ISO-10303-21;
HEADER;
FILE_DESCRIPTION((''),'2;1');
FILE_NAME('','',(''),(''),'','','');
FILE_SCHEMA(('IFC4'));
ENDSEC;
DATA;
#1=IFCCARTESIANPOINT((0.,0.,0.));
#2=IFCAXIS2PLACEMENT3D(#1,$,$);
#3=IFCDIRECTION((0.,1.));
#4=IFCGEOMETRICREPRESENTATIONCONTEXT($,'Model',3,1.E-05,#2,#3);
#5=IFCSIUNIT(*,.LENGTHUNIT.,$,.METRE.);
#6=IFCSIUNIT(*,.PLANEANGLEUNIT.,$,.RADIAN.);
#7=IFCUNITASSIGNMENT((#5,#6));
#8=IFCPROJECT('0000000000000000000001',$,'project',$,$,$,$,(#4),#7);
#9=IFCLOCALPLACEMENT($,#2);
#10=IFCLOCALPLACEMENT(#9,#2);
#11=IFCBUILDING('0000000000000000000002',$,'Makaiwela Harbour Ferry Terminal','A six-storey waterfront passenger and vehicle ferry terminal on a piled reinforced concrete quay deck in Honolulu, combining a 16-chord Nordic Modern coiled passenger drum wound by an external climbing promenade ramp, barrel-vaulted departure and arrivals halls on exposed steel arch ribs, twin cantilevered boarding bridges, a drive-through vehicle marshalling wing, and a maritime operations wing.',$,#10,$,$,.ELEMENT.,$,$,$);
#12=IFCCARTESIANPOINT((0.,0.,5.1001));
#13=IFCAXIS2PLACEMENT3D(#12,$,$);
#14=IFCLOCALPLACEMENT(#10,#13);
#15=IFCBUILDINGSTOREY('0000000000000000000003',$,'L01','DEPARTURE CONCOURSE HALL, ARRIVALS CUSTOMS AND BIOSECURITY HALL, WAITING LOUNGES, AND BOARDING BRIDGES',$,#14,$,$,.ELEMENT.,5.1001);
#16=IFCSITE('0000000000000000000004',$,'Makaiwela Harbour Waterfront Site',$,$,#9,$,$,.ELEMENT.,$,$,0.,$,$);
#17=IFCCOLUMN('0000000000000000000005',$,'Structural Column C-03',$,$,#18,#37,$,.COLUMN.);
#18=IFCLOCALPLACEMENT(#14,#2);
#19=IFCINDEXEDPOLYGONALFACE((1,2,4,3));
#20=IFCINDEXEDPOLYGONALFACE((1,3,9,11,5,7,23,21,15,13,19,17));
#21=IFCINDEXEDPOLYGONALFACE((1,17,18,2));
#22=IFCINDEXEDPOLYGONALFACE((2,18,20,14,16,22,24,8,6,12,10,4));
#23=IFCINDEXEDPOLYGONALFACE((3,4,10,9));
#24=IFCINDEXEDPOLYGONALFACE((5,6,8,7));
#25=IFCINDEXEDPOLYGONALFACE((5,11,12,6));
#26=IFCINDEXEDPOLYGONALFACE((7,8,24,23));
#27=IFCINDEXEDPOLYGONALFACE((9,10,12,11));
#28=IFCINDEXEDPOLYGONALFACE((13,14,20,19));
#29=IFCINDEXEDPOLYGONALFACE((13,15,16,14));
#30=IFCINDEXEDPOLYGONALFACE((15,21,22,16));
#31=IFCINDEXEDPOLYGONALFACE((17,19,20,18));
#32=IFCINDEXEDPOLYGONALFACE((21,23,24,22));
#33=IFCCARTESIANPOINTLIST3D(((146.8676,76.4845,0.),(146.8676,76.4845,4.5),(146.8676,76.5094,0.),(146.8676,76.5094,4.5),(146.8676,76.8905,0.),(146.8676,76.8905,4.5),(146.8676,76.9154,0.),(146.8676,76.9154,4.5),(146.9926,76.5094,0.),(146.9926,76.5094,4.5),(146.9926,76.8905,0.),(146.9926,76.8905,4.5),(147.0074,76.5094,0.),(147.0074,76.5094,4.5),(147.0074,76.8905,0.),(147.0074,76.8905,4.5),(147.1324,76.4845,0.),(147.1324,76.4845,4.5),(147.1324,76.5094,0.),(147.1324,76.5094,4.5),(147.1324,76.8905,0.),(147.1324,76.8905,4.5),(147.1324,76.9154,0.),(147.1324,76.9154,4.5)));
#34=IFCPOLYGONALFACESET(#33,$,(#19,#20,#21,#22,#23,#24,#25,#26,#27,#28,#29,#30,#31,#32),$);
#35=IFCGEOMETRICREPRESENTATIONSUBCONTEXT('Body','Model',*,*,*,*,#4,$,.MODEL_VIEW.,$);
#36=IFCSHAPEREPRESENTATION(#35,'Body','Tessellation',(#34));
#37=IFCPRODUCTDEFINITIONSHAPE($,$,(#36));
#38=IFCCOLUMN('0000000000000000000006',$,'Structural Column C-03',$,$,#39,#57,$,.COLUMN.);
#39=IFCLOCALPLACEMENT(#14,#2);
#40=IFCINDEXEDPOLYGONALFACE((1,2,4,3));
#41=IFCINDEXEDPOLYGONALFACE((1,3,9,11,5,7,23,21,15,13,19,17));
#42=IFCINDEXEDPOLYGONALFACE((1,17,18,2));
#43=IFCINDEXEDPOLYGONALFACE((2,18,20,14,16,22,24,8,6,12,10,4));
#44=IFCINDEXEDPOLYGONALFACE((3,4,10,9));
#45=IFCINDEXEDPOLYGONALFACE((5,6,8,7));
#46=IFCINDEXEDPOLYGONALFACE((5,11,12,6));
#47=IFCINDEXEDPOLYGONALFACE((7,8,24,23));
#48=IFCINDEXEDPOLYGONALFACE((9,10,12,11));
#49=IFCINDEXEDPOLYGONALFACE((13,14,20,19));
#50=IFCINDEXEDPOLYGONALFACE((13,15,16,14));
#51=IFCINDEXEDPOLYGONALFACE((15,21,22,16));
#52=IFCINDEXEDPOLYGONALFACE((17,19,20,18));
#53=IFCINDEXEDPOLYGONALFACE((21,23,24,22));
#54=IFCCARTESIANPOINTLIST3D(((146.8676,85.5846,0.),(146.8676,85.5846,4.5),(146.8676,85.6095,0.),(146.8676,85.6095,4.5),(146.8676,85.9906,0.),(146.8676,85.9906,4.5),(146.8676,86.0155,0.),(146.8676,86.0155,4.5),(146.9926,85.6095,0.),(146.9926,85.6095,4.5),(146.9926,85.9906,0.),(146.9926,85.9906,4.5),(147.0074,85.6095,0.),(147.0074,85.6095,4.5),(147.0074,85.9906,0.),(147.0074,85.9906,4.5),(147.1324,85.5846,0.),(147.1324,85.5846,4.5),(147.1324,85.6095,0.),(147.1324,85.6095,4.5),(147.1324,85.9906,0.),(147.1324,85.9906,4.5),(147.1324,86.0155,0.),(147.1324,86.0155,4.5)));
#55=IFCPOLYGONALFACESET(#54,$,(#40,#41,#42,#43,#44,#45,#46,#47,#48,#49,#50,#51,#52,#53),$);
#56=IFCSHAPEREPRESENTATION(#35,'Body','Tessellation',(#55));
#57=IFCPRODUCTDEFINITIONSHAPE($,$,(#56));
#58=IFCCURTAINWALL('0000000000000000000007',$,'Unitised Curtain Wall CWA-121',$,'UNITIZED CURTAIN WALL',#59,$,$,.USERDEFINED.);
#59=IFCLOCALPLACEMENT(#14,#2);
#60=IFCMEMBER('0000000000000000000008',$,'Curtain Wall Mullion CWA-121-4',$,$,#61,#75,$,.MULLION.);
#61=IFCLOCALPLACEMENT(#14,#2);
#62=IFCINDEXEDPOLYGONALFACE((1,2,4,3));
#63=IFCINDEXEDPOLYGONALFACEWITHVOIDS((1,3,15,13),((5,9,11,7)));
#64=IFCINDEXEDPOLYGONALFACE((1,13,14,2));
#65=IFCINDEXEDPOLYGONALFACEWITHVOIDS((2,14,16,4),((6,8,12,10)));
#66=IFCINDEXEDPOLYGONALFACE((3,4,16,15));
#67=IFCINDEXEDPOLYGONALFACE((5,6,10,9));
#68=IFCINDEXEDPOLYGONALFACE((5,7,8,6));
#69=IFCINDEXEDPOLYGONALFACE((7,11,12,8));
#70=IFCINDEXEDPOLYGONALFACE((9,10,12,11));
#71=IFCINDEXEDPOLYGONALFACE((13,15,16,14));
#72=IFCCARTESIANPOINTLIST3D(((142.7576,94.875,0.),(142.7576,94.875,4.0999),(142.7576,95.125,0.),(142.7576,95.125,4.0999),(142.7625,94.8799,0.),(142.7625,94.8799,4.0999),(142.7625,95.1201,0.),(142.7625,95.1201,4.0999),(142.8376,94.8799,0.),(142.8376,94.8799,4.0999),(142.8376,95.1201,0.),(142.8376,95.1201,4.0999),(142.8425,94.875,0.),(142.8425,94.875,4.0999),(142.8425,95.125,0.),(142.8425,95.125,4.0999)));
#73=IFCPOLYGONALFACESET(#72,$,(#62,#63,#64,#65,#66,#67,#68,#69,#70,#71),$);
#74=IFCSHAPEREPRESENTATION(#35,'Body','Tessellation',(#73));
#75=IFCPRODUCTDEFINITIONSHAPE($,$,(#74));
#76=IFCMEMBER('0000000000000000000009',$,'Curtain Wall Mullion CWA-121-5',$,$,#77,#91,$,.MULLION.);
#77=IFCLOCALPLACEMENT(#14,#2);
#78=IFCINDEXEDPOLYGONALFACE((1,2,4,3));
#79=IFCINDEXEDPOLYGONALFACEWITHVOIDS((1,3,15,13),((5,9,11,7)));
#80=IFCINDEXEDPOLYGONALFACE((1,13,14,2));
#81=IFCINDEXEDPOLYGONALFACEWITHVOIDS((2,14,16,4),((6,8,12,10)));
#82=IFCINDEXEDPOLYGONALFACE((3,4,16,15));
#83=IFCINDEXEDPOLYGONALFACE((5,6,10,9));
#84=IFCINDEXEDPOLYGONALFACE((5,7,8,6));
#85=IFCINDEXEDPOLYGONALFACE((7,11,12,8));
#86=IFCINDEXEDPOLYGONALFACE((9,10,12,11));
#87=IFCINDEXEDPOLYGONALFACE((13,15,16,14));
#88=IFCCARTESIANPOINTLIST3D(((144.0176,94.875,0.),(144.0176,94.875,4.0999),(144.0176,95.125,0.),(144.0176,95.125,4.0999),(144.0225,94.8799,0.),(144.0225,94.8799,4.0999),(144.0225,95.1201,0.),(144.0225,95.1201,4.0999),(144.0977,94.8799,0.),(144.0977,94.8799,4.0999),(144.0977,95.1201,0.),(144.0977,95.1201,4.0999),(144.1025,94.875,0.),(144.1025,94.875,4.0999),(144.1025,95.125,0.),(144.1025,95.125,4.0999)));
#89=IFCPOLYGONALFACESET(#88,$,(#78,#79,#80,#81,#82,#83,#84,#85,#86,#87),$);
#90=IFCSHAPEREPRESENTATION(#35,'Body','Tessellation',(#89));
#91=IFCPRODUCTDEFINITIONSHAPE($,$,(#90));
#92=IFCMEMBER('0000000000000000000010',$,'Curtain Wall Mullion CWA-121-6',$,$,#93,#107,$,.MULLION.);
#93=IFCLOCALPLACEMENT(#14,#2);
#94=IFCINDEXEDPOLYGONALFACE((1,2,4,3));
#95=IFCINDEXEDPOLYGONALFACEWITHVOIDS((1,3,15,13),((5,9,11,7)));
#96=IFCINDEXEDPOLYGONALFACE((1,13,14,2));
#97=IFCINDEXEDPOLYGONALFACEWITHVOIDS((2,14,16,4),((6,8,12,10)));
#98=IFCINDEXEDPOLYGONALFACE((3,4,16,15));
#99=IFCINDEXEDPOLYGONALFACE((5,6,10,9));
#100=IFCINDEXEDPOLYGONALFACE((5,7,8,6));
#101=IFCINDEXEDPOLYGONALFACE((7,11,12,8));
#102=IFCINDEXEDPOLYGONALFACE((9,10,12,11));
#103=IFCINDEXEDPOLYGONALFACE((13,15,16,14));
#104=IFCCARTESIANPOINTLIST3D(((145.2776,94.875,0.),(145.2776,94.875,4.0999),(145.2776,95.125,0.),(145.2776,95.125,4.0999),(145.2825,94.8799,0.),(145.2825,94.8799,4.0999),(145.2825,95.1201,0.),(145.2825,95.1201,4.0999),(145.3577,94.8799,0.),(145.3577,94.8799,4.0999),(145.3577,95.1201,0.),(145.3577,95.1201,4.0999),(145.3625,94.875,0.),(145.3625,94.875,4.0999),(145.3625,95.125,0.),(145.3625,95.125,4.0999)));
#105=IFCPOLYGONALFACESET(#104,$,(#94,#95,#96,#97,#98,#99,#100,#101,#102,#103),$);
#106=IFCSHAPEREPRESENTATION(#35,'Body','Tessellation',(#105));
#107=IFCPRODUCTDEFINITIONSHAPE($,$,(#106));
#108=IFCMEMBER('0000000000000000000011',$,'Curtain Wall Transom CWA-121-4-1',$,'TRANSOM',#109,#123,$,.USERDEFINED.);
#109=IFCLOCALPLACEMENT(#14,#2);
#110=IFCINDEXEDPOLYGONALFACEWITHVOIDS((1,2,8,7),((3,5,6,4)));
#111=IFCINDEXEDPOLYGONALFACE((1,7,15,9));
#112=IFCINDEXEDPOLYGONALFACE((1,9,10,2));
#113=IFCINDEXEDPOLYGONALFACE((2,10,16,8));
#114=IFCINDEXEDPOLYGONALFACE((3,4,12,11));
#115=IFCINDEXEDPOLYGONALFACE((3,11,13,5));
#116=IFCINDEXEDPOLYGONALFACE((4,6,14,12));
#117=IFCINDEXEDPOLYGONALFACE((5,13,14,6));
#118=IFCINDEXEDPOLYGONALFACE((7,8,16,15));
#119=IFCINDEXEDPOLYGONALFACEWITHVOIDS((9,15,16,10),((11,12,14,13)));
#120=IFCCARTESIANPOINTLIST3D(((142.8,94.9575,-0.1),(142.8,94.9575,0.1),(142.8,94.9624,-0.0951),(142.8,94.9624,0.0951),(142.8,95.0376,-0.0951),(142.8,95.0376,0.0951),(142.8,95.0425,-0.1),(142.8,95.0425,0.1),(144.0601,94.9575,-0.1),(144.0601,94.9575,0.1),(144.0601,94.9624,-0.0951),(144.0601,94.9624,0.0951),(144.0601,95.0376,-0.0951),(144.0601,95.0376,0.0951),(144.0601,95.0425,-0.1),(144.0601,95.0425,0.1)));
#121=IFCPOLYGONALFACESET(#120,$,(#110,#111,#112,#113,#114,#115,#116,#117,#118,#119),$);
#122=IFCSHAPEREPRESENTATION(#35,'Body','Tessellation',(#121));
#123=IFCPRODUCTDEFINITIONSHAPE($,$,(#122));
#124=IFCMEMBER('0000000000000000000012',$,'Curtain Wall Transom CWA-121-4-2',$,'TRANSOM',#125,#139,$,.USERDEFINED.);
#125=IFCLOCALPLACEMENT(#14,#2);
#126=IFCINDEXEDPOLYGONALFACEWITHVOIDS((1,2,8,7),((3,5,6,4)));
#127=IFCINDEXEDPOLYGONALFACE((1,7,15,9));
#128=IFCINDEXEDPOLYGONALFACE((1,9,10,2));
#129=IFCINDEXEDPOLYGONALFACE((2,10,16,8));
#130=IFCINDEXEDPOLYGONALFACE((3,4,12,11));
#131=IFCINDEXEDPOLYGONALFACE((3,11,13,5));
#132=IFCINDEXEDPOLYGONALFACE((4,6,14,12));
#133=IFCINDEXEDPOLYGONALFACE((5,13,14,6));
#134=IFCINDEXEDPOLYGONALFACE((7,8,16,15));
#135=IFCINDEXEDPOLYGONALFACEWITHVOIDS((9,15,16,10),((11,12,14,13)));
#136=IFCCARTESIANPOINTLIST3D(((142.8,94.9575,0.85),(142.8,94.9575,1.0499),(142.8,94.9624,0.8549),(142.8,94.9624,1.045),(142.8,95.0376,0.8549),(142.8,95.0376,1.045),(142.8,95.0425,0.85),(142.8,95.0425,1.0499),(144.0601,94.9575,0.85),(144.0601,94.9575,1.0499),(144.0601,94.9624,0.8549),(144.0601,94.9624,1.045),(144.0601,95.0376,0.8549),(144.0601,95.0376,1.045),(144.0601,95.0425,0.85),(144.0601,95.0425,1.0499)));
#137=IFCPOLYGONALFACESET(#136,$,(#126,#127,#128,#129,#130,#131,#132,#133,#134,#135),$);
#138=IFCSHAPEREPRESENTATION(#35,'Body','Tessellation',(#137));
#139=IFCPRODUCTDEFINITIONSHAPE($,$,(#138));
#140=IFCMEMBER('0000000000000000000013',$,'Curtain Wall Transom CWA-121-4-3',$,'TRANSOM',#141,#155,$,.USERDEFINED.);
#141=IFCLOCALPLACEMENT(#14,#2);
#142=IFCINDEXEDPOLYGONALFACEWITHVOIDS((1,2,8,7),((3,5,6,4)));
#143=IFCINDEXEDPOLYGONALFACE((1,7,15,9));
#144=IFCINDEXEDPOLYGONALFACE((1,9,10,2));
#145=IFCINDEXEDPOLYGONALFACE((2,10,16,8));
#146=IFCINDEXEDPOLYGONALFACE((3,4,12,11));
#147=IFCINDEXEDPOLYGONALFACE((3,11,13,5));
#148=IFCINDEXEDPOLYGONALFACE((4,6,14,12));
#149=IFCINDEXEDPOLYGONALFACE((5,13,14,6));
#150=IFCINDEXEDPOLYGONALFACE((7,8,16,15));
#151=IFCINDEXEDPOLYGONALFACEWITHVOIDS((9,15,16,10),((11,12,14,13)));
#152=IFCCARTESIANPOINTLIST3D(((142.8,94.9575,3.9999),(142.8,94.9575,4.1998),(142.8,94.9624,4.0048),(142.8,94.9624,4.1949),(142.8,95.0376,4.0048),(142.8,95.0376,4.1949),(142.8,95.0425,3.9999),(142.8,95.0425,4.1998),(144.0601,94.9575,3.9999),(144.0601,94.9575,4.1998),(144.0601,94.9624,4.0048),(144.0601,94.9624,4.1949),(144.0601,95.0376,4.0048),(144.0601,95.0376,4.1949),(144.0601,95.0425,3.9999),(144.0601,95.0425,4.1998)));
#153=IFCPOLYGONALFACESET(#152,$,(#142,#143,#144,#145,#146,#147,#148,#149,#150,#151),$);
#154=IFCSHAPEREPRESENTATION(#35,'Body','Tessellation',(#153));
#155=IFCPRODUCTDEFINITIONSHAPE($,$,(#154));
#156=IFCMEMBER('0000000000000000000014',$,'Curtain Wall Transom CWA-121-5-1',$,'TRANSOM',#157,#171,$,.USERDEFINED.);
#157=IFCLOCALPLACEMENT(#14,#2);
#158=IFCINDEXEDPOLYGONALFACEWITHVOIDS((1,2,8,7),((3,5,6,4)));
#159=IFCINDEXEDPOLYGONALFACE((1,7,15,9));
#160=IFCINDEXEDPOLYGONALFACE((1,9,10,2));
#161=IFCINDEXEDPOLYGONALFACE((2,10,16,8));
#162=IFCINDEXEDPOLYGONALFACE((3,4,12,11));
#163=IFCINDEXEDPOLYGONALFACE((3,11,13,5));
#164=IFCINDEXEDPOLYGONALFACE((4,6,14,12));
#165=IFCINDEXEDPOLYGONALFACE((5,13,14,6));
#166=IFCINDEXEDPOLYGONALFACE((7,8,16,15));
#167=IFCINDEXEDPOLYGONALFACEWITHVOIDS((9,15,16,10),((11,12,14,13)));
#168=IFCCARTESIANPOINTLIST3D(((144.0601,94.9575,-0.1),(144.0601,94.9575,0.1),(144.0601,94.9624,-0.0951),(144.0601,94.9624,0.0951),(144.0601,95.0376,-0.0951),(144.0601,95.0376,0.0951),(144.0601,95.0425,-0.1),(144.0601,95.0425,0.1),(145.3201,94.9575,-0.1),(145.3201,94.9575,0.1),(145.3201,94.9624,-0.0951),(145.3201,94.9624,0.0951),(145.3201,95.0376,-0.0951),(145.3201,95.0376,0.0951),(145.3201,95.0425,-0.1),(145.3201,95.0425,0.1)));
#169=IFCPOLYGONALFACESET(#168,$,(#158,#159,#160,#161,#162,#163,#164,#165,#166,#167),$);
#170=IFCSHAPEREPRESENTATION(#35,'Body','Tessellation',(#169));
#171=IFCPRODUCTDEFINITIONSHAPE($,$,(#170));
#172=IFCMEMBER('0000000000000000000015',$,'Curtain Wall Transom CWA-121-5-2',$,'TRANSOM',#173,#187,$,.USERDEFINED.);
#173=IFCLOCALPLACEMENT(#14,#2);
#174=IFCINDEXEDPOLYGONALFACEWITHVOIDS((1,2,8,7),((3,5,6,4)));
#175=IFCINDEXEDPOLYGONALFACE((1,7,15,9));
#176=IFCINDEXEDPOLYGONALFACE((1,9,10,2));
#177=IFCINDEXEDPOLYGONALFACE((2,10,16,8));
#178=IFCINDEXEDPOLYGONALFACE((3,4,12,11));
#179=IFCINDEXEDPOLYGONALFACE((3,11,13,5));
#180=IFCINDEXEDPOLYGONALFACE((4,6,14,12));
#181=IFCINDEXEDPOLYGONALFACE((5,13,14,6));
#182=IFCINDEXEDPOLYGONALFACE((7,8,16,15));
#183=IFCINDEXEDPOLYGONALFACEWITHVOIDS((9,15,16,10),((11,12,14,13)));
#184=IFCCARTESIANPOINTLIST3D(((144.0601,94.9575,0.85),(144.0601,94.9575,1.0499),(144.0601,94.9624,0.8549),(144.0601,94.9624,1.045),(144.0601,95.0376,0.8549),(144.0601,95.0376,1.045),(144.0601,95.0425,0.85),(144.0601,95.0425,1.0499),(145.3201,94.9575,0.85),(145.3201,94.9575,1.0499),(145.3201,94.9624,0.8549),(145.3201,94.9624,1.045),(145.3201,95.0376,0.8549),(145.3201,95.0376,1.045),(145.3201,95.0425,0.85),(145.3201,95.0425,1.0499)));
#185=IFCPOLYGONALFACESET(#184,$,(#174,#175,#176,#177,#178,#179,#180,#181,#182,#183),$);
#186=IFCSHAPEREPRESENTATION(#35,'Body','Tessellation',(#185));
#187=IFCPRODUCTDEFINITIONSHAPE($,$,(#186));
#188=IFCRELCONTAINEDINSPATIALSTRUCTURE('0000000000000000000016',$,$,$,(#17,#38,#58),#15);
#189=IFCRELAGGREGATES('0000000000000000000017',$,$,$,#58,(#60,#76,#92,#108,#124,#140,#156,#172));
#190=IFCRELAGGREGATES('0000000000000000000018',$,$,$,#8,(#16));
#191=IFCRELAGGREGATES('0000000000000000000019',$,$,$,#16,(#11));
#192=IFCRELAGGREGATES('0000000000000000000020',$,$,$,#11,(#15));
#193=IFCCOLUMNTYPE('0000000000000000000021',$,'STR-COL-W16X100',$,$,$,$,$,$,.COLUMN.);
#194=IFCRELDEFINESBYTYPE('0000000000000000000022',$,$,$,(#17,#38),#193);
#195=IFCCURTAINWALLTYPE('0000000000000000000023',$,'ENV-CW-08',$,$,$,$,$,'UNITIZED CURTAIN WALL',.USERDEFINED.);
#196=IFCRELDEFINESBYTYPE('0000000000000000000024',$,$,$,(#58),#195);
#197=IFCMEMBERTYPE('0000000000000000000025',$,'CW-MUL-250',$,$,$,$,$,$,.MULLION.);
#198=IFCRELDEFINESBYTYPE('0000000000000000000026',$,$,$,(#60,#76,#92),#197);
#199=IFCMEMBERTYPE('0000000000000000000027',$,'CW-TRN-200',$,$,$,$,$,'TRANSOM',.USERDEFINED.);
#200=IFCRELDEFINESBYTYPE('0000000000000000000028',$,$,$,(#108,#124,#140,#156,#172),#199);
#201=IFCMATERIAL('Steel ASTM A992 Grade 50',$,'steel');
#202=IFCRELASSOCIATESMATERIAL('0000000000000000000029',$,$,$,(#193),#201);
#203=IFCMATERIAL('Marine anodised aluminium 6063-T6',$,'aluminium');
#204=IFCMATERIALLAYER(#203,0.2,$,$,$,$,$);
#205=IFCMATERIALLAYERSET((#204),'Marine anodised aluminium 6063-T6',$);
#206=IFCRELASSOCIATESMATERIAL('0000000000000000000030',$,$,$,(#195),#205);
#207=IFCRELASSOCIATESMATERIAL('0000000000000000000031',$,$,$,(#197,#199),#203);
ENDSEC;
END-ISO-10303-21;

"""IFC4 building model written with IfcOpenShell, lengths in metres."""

from ifc_helpers import new_model, si_unit, direction, frame, origin, origin_2d, place, context, subcontext, project, spatial, hollow_rectangle, i_section, extrude, material, layer, layer_set, material_profile, profile_set, type_object, element, aggregate, save


model = new_model("IFC4")

# Units and contexts
model_context = context("Model", 3, precision=1e-05, world=origin(), true_north=direction((0.0, 1.0)))
body_context = subcontext(model_context, "Body", "Model", "MODEL_VIEW")
ifc_project = project(units=[si_unit("LENGTHUNIT", "METRE"), si_unit("PLANEANGLEUNIT", "RADIAN")], contexts=[model_context])

# Site, building, storey
site_placement = place(None, origin())
site = spatial("IfcSite", under=ifc_project, at=site_placement, Name="Makaiwela Harbour Waterfront Site", CompositionType="ELEMENT", RefElevation=0.0)
building_placement = place(site_placement, origin())
building = spatial("IfcBuilding", under=site, at=building_placement, Name="Makaiwela Harbour Ferry Terminal", Description="A six-storey waterfront passenger and vehicle ferry terminal on a piled reinforced concrete quay deck in Honolulu, combining a 16-chord Nordic Modern coiled passenger drum wound by an external climbing promenade ramp, barrel-vaulted departure and arrivals halls on exposed steel arch ribs, twin cantilevered boarding bridges, a drive-through vehicle marshalling wing, and a maritime operations wing.", CompositionType="ELEMENT")
storey_placement = place(building_placement, frame((0.0, 0.0, 5.1001)))
storey = spatial("IfcBuildingStorey", under=building, at=storey_placement, Name="L01", Description="DEPARTURE CONCOURSE HALL, ARRIVALS CUSTOMS AND BIOSECURITY HALL, WAITING LOUNGES, AND BOARDING BRIDGES", CompositionType="ELEMENT", Elevation=5.1001)

# Columns
ifc_material_1 = material(Name="Steel ASTM A992 Grade 50", Category="steel")
ifc_material_profile_1 = material_profile(ifc_material_1, i_section(OverallWidth=0.2649, OverallDepth=0.4309, WebThickness=0.0149, FlangeThickness=0.0249, at=origin_2d()), Name="W16X100")
ifc_profile_set_1 = profile_set([ifc_material_profile_1], Name="Steel ASTM A992 Grade 50")
column_type = type_object("IfcColumnType", Name="STR-COL-W16X100", PredefinedType="COLUMN", material=ifc_profile_set_1)
for number, where, z_axis, x_axis, name in (
    (1, (147.0, 76.7, 0.0), (0.0, 0.0, 1.0), (1.0, 0.0, 0.0), "Structural Column C-03"),
    (2, (147.0, 85.8, 0.0), (0.0, 0.0, 1.0), (1.0, 0.0, 0.0), "Structural Column C-03"),
):
    element("IfcColumn", number, at=place(storey_placement, frame(where, z_axis=z_axis, x_axis=x_axis)), inside=storey, type_object=column_type, Name=name, PredefinedType="COLUMN", context=body_context, shape_type="SweptSolid", body=[
        extrude(i_section(OverallWidth=0.2649, OverallDepth=0.4309, WebThickness=0.0149, FlangeThickness=0.0249, at=origin_2d()), origin(), (0.0, 0.0, 1.0), 4.5),
    ])

# Curtain wall, members
ifc_material_2 = material(Name="Marine anodised aluminium 6063-T6", Category="aluminium")
ifc_layer_1 = layer(ifc_material_2, 0.2)
ifc_layer_set_1 = layer_set([ifc_layer_1], Name="Marine anodised aluminium 6063-T6")
curtain_wall_type = type_object("IfcCurtainWallType", Name="ENV-CW-08", ElementType="UNITIZED CURTAIN WALL", PredefinedType="USERDEFINED", material=ifc_layer_set_1)
curtain_wall_placement = place(storey_placement, origin())
curtain_wall = element("IfcCurtainWall", 3, at=curtain_wall_placement, inside=storey, type_object=curtain_wall_type, Name="Unitised Curtain Wall CWA-121", ObjectType="UNITIZED CURTAIN WALL", PredefinedType="USERDEFINED")
ifc_material_profile_2 = material_profile(ifc_material_2, hollow_rectangle(XDim=0.085, YDim=0.25, WallThickness=0.0049, at=origin_2d()), Name="CWM-250X85")
ifc_profile_set_2 = profile_set([ifc_material_profile_2], Name="Marine anodised aluminium 6063-T6")
member_type_1 = type_object("IfcMemberType", Name="CW-MUL-250", PredefinedType="MULLION", material=ifc_profile_set_2)
member_1_placement = place(storey_placement, frame((142.8, 95.0, 0.0), z_axis=(0.0, 0.0, 1.0), x_axis=(1.0, 0.0, 0.0)))
member_1 = element("IfcMember", 4, at=member_1_placement, type_object=member_type_1, Name="Curtain Wall Mullion CWA-121-4", PredefinedType="MULLION", context=body_context, shape_type="SweptSolid", body=[
    extrude(hollow_rectangle(XDim=0.085, YDim=0.25, WallThickness=0.0049, at=origin_2d()), origin(), (0.0, 0.0, 1.0), 4.0999),
])
member_2_placement = place(storey_placement, frame((144.0601, 95.0, 0.0), z_axis=(0.0, 0.0, 1.0), x_axis=(1.0, 0.0, 0.0)))
member_2 = element("IfcMember", 5, at=member_2_placement, type_object=member_type_1, Name="Curtain Wall Mullion CWA-121-5", PredefinedType="MULLION", context=body_context, shape_type="SweptSolid", body=[
    extrude(hollow_rectangle(XDim=0.085, YDim=0.25, WallThickness=0.0049, at=origin_2d()), origin(), (0.0, 0.0, 1.0), 4.0999),
])
member_3_placement = place(storey_placement, frame((145.3201, 95.0, 0.0), z_axis=(0.0, 0.0, 1.0), x_axis=(1.0, 0.0, 0.0)))
member_3 = element("IfcMember", 6, at=member_3_placement, type_object=member_type_1, Name="Curtain Wall Mullion CWA-121-6", PredefinedType="MULLION", context=body_context, shape_type="SweptSolid", body=[
    extrude(hollow_rectangle(XDim=0.085, YDim=0.25, WallThickness=0.0049, at=origin_2d()), origin(), (0.0, 0.0, 1.0), 4.0999),
])
ifc_material_profile_3 = material_profile(ifc_material_2, hollow_rectangle(XDim=0.085, YDim=0.2, WallThickness=0.0049, at=origin_2d()), Name="CWT-200X85")
ifc_profile_set_3 = profile_set([ifc_material_profile_3], Name="Marine anodised aluminium 6063-T6")
member_type_2 = type_object("IfcMemberType", Name="CW-TRN-200", ElementType="TRANSOM", PredefinedType="USERDEFINED", material=ifc_profile_set_3)
member_4_placement = place(storey_placement, frame((142.8, 95.0, 0.0), z_axis=(1.0, 0.0, 0.0), x_axis=(0.0, 1.0, 0.0)))
member_4 = element("IfcMember", 7, at=member_4_placement, type_object=member_type_2, Name="Curtain Wall Transom CWA-121-4-1", ObjectType="TRANSOM", PredefinedType="USERDEFINED", context=body_context, shape_type="SweptSolid", body=[
    extrude(hollow_rectangle(XDim=0.085, YDim=0.2, WallThickness=0.0049, at=origin_2d()), origin(), (0.0, 0.0, 1.0), 1.26),
])
member_5_placement = place(storey_placement, frame((142.8, 95.0, 0.95), z_axis=(1.0, 0.0, 0.0), x_axis=(0.0, 1.0, 0.0)))
member_5 = element("IfcMember", 8, at=member_5_placement, type_object=member_type_2, Name="Curtain Wall Transom CWA-121-4-2", ObjectType="TRANSOM", PredefinedType="USERDEFINED", context=body_context, shape_type="SweptSolid", body=[
    extrude(hollow_rectangle(XDim=0.085, YDim=0.2, WallThickness=0.0049, at=origin_2d()), origin(), (0.0, 0.0, 1.0), 1.26),
])
member_6_placement = place(storey_placement, frame((142.8, 95.0, 4.0999), z_axis=(1.0, 0.0, 0.0), x_axis=(0.0, 1.0, 0.0)))
member_6 = element("IfcMember", 9, at=member_6_placement, type_object=member_type_2, Name="Curtain Wall Transom CWA-121-4-3", ObjectType="TRANSOM", PredefinedType="USERDEFINED", context=body_context, shape_type="SweptSolid", body=[
    extrude(hollow_rectangle(XDim=0.085, YDim=0.2, WallThickness=0.0049, at=origin_2d()), origin(), (0.0, 0.0, 1.0), 1.26),
])
member_7_placement = place(storey_placement, frame((144.0601, 95.0, 0.0), z_axis=(1.0, 0.0, 0.0), x_axis=(0.0, 1.0, 0.0)))
member_7 = element("IfcMember", 10, at=member_7_placement, type_object=member_type_2, Name="Curtain Wall Transom CWA-121-5-1", ObjectType="TRANSOM", PredefinedType="USERDEFINED", context=body_context, shape_type="SweptSolid", body=[
    extrude(hollow_rectangle(XDim=0.085, YDim=0.2, WallThickness=0.0049, at=origin_2d()), origin(), (0.0, 0.0, 1.0), 1.26),
])
member_8_placement = place(storey_placement, frame((144.0601, 95.0, 0.95), z_axis=(1.0, 0.0, 0.0), x_axis=(0.0, 1.0, 0.0)))
member_8 = element("IfcMember", 11, at=member_8_placement, type_object=member_type_2, Name="Curtain Wall Transom CWA-121-5-2", ObjectType="TRANSOM", PredefinedType="USERDEFINED", context=body_context, shape_type="SweptSolid", body=[
    extrude(hollow_rectangle(XDim=0.085, YDim=0.2, WallThickness=0.0049, at=origin_2d()), origin(), (0.0, 0.0, 1.0), 1.26),
])

aggregate(curtain_wall, [member_1, member_2, member_3, member_4, member_5, member_6, member_7, member_8])

save(model, "model.ifc")
